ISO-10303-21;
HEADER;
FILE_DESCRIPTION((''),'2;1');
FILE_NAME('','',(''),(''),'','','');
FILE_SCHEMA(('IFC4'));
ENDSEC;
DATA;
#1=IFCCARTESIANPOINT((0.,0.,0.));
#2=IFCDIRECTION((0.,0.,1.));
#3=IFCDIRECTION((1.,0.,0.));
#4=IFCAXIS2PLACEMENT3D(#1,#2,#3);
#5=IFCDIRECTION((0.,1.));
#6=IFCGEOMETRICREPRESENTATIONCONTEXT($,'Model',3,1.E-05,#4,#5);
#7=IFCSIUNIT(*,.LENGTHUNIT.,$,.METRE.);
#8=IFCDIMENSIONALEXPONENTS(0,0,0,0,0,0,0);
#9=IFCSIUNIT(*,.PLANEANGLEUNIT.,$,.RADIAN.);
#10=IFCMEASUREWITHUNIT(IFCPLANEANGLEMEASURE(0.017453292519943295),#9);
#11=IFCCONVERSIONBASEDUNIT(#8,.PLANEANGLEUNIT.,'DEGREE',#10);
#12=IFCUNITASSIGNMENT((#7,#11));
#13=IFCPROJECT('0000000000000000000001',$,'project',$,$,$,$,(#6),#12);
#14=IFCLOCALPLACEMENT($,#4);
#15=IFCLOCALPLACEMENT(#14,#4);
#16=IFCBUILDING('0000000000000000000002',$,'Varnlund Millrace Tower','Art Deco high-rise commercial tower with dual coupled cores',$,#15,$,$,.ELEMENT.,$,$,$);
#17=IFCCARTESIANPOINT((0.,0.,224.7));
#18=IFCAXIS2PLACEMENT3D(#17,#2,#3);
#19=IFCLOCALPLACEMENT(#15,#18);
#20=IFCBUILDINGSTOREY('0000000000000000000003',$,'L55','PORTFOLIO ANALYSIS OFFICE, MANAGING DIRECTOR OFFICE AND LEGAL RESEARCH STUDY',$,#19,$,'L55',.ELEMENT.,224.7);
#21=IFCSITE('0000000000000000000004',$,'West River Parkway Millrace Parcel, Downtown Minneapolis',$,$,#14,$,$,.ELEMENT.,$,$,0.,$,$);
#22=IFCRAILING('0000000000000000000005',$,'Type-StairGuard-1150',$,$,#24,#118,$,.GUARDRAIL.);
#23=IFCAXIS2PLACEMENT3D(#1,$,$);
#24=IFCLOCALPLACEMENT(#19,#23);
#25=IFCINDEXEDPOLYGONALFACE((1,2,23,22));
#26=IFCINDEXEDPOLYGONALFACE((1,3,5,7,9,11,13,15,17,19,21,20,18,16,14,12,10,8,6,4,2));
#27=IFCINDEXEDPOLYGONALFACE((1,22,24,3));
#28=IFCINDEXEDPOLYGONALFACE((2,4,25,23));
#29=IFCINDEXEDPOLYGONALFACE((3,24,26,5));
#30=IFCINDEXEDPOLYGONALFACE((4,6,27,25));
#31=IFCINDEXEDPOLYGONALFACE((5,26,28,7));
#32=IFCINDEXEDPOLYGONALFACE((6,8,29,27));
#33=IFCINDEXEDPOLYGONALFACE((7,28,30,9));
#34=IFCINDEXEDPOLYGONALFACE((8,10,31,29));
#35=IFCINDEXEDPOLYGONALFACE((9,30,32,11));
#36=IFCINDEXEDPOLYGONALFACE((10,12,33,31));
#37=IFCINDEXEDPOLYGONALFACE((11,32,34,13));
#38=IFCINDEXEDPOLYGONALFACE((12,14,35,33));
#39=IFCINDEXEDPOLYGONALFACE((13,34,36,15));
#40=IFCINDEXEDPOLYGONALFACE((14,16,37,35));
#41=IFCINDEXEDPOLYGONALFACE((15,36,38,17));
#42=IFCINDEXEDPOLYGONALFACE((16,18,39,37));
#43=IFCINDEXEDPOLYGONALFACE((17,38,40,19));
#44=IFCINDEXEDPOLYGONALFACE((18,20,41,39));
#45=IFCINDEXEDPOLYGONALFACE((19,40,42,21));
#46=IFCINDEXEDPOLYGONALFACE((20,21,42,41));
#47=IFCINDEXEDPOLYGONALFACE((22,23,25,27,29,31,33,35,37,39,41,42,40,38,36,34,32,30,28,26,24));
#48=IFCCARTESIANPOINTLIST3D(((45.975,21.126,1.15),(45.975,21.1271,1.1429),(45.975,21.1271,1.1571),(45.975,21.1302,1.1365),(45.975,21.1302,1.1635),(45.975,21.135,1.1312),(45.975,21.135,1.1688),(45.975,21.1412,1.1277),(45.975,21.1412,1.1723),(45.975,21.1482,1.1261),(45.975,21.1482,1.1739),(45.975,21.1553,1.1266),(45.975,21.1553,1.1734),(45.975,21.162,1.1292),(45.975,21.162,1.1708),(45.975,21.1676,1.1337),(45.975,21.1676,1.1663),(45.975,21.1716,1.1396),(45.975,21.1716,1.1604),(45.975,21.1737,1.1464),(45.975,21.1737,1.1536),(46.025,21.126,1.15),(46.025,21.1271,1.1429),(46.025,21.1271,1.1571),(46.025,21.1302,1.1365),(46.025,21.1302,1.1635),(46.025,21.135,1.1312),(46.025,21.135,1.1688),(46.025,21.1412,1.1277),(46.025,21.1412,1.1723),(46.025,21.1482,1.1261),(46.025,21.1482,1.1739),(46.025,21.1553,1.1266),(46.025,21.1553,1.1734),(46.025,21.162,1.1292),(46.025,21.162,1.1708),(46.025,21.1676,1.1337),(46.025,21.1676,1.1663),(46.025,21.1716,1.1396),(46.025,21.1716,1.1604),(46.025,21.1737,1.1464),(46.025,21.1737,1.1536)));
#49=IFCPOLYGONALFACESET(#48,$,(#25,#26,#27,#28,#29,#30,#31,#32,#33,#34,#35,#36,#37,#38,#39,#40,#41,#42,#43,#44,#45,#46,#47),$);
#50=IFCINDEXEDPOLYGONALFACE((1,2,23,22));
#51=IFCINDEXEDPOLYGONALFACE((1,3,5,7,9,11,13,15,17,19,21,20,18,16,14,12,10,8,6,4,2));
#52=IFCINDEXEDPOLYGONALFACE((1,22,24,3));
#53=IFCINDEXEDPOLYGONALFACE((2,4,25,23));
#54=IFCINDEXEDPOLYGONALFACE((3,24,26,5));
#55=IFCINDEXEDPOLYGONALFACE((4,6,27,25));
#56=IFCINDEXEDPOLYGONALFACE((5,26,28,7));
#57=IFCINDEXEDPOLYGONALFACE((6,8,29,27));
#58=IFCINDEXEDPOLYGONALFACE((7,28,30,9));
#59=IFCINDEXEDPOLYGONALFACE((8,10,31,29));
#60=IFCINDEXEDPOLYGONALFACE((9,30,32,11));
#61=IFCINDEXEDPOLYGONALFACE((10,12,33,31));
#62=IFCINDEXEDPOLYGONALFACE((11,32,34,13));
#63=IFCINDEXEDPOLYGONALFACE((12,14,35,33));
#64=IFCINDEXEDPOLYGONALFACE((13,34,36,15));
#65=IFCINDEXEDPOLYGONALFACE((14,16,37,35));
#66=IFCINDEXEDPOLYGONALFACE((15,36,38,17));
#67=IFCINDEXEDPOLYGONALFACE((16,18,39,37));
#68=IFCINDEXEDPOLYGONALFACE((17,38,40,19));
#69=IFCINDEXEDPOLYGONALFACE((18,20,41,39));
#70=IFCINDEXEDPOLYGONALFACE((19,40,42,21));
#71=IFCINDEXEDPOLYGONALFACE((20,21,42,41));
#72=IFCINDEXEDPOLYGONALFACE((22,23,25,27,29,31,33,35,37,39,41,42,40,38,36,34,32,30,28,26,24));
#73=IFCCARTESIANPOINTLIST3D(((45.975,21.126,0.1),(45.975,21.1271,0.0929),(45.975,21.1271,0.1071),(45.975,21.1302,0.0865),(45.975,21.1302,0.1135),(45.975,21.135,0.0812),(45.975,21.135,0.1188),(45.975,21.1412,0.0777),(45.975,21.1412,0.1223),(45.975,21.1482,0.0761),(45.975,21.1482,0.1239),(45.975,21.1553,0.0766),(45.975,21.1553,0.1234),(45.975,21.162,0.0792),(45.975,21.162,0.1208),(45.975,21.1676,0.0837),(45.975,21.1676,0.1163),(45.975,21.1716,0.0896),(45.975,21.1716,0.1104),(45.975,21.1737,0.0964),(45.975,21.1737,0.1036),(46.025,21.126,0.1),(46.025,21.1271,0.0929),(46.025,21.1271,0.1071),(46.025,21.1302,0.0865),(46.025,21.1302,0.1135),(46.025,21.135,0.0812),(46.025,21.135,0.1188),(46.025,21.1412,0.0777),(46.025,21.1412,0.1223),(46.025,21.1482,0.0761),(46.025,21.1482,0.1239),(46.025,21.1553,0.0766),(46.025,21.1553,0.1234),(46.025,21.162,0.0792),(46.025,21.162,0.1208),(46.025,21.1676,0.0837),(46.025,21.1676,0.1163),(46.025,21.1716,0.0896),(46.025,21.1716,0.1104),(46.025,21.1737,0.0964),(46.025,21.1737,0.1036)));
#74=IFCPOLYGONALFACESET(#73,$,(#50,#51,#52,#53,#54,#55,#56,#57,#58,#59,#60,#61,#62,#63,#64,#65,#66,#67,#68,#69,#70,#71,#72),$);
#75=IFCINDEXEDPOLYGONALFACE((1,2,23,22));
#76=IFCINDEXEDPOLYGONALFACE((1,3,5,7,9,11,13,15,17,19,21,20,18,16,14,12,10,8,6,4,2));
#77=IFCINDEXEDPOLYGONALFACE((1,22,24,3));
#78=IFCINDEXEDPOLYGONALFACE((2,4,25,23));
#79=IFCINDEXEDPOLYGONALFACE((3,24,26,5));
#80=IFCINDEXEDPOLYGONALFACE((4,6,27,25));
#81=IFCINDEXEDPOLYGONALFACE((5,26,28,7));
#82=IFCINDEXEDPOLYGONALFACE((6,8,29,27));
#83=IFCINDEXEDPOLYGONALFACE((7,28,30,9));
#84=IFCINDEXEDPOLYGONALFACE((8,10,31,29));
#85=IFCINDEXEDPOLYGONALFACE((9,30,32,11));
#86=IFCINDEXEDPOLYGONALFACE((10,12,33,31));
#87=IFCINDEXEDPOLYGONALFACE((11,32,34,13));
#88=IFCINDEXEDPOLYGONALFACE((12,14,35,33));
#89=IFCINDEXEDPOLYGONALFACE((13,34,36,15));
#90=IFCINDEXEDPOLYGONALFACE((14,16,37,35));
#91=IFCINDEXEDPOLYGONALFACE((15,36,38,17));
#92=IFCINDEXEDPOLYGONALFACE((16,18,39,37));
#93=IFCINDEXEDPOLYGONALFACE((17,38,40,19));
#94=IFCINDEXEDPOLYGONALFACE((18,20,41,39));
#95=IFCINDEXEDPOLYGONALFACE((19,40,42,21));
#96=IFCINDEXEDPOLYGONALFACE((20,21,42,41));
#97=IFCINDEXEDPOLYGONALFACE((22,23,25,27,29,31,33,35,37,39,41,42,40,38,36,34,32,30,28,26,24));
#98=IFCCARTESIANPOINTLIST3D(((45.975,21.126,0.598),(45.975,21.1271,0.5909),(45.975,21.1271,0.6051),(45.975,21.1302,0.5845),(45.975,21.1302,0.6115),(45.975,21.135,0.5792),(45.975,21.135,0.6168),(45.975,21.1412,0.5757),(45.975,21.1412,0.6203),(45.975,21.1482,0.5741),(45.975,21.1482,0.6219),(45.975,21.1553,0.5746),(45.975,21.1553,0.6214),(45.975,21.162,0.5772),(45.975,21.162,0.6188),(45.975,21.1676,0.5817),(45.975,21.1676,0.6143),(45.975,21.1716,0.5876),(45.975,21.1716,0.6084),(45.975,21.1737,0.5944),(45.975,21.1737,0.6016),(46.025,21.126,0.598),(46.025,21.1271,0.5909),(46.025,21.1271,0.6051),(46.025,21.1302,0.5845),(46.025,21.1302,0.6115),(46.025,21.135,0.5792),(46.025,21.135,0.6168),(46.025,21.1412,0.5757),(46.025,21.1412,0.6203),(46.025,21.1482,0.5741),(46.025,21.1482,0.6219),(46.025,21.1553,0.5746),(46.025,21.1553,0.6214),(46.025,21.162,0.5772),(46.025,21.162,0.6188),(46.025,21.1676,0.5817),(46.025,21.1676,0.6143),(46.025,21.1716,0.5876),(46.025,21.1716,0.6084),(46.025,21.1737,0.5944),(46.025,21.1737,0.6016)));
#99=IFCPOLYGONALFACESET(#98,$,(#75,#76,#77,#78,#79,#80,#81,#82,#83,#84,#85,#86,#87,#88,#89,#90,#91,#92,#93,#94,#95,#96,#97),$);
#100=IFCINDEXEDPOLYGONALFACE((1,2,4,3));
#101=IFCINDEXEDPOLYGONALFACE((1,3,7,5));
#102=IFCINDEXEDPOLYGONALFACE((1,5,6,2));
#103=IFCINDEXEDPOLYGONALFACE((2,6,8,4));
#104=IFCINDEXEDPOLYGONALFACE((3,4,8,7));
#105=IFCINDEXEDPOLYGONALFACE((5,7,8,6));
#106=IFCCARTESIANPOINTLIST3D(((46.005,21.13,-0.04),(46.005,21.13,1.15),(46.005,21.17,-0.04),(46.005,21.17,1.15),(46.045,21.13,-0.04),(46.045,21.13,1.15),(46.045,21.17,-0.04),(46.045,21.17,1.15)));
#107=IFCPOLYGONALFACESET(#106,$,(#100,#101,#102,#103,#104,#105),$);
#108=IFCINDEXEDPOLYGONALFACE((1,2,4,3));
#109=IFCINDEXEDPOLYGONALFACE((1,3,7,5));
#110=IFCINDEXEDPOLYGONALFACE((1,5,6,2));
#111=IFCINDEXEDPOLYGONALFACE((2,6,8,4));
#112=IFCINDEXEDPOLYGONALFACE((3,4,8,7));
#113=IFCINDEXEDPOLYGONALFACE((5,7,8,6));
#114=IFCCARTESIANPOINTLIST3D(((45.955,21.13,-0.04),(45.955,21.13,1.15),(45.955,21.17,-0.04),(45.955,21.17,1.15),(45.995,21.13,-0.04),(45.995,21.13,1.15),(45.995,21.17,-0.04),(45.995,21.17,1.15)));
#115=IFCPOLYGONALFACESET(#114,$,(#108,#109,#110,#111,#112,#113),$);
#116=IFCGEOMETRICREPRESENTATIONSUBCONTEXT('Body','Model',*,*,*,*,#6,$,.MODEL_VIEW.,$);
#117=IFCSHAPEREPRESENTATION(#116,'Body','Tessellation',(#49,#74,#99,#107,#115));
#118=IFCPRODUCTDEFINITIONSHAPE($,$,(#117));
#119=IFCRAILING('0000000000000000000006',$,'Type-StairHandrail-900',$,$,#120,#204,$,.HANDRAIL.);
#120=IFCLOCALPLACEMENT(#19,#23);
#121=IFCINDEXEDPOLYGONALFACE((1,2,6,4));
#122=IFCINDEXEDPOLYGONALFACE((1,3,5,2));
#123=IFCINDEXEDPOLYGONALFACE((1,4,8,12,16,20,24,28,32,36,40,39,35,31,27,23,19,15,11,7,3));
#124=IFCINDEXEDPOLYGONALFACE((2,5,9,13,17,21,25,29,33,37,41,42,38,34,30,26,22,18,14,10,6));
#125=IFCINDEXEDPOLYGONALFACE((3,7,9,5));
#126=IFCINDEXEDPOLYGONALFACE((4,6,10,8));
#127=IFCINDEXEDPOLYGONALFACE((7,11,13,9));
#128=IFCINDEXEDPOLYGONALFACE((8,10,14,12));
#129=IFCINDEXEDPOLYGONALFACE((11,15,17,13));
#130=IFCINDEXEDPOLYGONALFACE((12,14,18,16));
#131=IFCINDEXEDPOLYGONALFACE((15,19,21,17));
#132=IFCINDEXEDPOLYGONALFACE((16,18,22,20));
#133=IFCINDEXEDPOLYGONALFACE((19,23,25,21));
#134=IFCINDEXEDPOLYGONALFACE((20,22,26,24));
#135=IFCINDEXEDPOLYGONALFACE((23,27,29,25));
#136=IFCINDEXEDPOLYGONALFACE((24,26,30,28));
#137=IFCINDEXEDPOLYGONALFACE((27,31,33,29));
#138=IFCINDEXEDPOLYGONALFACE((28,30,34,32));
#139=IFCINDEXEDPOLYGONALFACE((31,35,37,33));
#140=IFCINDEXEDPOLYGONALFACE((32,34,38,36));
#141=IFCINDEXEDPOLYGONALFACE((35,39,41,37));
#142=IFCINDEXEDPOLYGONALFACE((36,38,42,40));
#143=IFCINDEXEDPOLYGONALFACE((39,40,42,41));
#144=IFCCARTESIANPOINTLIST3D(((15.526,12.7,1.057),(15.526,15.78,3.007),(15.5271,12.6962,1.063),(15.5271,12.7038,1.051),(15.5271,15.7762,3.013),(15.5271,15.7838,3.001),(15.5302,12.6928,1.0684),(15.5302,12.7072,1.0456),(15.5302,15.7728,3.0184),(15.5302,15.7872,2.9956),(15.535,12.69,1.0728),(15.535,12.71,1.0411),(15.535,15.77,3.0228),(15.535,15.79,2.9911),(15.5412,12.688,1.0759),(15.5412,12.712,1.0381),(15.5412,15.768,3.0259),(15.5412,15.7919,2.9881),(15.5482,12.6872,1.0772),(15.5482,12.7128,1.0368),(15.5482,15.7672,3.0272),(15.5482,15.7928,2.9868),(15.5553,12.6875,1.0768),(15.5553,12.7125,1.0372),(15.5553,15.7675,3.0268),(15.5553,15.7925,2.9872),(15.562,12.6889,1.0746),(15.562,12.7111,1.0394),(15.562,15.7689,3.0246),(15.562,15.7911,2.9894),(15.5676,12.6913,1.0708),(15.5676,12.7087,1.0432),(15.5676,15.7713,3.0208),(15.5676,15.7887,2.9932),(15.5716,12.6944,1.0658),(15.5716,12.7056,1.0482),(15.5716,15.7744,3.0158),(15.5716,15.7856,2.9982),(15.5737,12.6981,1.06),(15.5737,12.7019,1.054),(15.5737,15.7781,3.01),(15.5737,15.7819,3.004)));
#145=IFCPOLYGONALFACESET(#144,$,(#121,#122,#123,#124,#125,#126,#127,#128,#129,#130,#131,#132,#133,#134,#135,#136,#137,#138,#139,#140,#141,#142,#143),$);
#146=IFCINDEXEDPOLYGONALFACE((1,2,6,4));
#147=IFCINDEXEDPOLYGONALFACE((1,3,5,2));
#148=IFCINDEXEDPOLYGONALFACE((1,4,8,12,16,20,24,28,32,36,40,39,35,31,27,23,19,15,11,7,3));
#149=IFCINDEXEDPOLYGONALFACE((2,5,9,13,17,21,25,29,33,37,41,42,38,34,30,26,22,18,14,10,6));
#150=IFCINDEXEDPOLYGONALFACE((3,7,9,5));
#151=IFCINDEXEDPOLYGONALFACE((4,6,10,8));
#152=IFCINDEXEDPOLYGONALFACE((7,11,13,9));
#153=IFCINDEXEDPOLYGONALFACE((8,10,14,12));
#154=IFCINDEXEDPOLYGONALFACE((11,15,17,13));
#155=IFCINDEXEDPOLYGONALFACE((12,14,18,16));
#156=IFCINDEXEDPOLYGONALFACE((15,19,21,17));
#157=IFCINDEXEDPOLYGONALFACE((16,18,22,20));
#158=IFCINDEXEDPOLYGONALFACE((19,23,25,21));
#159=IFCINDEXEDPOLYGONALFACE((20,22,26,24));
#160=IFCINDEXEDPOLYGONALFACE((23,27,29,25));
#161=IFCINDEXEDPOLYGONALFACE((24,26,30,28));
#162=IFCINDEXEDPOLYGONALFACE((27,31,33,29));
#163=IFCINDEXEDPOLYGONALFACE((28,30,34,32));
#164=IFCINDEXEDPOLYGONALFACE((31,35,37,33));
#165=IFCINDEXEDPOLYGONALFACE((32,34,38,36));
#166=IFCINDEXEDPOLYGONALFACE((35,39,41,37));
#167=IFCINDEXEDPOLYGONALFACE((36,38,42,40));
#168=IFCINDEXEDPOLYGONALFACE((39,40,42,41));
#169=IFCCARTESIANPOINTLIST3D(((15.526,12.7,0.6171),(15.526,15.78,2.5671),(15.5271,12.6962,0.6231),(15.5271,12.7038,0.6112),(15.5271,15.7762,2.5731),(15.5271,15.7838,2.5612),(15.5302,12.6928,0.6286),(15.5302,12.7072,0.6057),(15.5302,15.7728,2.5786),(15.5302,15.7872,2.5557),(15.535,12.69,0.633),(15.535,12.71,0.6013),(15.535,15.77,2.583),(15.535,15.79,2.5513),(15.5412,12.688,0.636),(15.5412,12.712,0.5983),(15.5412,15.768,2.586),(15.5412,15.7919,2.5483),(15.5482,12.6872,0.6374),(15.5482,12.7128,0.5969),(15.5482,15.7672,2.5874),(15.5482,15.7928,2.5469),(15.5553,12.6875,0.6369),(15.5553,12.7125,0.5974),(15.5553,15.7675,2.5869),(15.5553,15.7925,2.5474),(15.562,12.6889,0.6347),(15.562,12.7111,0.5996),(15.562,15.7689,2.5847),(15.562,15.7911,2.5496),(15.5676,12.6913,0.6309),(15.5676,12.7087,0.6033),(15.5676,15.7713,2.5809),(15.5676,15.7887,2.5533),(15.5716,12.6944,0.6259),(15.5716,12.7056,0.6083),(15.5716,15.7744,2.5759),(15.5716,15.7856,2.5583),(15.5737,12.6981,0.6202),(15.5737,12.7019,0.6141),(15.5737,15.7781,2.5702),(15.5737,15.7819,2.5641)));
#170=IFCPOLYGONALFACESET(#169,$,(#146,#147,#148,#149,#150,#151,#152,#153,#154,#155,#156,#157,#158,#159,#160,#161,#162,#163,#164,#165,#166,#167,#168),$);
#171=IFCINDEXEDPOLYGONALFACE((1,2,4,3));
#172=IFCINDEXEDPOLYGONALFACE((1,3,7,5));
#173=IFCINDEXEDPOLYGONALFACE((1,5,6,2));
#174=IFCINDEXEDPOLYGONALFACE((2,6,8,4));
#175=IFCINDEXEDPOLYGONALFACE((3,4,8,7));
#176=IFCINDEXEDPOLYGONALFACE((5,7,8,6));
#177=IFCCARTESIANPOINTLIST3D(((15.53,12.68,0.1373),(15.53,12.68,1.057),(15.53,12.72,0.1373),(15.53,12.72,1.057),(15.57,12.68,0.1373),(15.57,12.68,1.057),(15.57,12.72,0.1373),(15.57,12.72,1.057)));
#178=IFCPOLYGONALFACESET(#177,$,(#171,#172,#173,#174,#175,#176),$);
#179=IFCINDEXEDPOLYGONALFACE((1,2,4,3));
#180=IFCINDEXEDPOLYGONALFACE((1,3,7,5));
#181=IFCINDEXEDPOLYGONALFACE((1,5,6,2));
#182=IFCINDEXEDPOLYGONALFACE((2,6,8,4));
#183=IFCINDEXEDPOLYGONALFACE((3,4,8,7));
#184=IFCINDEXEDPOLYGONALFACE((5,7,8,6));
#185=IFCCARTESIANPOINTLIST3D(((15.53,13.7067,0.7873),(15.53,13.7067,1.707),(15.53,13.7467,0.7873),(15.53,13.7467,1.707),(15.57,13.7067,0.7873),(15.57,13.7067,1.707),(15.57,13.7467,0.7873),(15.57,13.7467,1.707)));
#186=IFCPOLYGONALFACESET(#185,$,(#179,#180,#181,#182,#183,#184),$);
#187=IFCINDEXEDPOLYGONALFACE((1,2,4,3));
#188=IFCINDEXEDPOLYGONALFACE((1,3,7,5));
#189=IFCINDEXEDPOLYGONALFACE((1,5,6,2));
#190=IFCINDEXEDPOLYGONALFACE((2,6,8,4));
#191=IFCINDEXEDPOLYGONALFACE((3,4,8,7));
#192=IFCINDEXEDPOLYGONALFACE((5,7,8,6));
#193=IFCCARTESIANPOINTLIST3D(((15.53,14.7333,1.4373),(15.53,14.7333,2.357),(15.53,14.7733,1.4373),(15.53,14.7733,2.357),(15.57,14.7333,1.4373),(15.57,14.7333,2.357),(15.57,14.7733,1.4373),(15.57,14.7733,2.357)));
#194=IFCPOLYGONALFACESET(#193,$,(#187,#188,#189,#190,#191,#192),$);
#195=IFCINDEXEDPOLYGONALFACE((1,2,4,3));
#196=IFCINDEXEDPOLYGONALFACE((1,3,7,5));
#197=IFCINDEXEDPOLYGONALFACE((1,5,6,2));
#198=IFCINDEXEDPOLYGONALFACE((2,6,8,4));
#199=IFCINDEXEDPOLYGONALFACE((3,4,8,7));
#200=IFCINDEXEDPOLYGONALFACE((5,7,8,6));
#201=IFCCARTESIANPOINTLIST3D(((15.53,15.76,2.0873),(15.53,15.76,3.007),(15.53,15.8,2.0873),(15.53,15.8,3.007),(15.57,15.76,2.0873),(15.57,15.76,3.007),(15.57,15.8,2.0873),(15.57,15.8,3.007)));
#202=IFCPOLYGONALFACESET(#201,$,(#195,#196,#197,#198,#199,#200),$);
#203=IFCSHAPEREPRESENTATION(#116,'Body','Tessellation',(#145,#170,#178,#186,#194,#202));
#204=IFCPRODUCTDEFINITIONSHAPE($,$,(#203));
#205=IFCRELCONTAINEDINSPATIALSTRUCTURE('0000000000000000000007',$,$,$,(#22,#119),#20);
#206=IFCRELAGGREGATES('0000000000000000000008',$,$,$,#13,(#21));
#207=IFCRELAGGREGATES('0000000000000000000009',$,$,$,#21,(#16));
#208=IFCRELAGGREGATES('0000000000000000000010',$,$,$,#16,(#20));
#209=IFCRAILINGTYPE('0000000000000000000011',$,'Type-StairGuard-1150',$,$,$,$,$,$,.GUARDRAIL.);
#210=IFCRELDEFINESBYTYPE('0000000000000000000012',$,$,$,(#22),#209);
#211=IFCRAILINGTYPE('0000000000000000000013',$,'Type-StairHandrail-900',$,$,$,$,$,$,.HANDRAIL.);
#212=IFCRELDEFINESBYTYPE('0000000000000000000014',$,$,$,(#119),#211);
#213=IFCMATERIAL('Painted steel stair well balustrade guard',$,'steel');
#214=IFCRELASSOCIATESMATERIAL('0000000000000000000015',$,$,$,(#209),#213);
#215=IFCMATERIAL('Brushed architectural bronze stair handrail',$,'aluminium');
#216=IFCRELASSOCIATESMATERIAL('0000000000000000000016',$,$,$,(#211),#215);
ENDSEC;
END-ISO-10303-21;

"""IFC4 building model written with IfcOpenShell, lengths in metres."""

from ifc_helpers import new_model, entity, si_unit, converted_unit, direction, frame, origin_with_axes, origin_2d_with_axis, place, context, subcontext, project, spatial, rectangle, circle, extrude, material, type_object, element, save


model = new_model("IFC4")

# Units and contexts
model_context = context("Model", 3, precision=1e-05, world=origin_with_axes(), true_north=direction((0.0, 1.0)))
body_context = subcontext(model_context, "Body", "Model", "MODEL_VIEW")
ifc_project = project(units=[si_unit("LENGTHUNIT", "METRE"), converted_unit("PLANEANGLEUNIT", "DEGREE", entity("IfcPlaneAngleMeasure", 0.017453292519943295), si_unit("PLANEANGLEUNIT", "RADIAN"), dimensions=[0, 0, 0, 0, 0, 0, 0])], contexts=[model_context])

# Site, building, storey
site_placement = place(None, origin_with_axes())
site = spatial("IfcSite", under=ifc_project, at=site_placement, Name="West River Parkway Millrace Parcel, Downtown Minneapolis", CompositionType="ELEMENT", RefElevation=0.0)
building_placement = place(site_placement, origin_with_axes())
building = spatial("IfcBuilding", under=site, at=building_placement, Name="Varnlund Millrace Tower", Description="Art Deco high-rise commercial tower with dual coupled cores", CompositionType="ELEMENT")
storey_placement = place(building_placement, frame((0.0, 0.0, 224.7), z_axis=(0.0, 0.0, 1.0), x_axis=(1.0, 0.0, 0.0)))
storey = spatial("IfcBuildingStorey", under=building, at=storey_placement, Name="L55", Description="PORTFOLIO ANALYSIS OFFICE, MANAGING DIRECTOR OFFICE AND LEGAL RESEARCH STUDY", LongName="L55", CompositionType="ELEMENT", Elevation=224.7)

# Railings
ifc_material_1 = material(Name="Painted steel stair well balustrade guard", Category="steel")
railing_type_1 = type_object("IfcRailingType", Name="Type-StairGuard-1150", PredefinedType="GUARDRAIL", material=ifc_material_1)
railing_1_placement = place(storey_placement, frame((0.0, 0.0, -224.7), z_axis=(0.0, 0.0, 1.0), x_axis=(1.0, 0.0, 0.0)))
element("IfcRailing", 1, at=railing_1_placement, inside=storey, type_object=railing_type_1, Name="Type-StairGuard-1150", PredefinedType="GUARDRAIL", context=body_context, shape_type="SweptSolid", body=[
    extrude(circle(Radius=0.024, at=origin_2d_with_axis()), frame((46.025, 21.15, 225.85), z_axis=(-1.0, 0.0, 0.0), x_axis=(0.0, -1.0, 0.0)), (0.0, 0.0, 1.0), 0.05),
    extrude(circle(Radius=0.024, at=origin_2d_with_axis()), frame((46.025, 21.15, 224.8), z_axis=(-1.0, 0.0, 0.0), x_axis=(0.0, -1.0, 0.0)), (0.0, 0.0, 1.0), 0.05),
    extrude(circle(Radius=0.024, at=origin_2d_with_axis()), frame((46.025, 21.15, 225.298), z_axis=(-1.0, 0.0, 0.0), x_axis=(0.0, -1.0, 0.0)), (0.0, 0.0, 1.0), 0.05),
    extrude(rectangle(XDim=0.04, YDim=0.04, at=origin_2d_with_axis()), frame((46.025, 21.15, 224.66), z_axis=(0.0, 0.0, 1.0), x_axis=(1.0, 0.0, 0.0)), (0.0, 0.0, 1.0), 1.19),
    extrude(rectangle(XDim=0.04, YDim=0.04, at=origin_2d_with_axis()), frame((45.975, 21.15, 224.66), z_axis=(0.0, 0.0, 1.0), x_axis=(1.0, 0.0, 0.0)), (0.0, 0.0, 1.0), 1.19),
])
ifc_material_2 = material(Name="Brushed architectural bronze stair handrail", Category="aluminium")
railing_type_2 = type_object("IfcRailingType", Name="Type-StairHandrail-900", PredefinedType="HANDRAIL", material=ifc_material_2)
railing_2_placement = place(storey_placement, frame((0.0, 0.0, -224.7), z_axis=(0.0, 0.0, 1.0), x_axis=(1.0, 0.0, 0.0)))
element("IfcRailing", 2, at=railing_2_placement, inside=storey, type_object=railing_type_2, Name="Type-StairHandrail-900", PredefinedType="HANDRAIL", context=body_context, shape_type="SweptSolid", body=[
    extrude(circle(Radius=0.024, at=origin_2d_with_axis()), frame((15.55, 12.7, 225.757), z_axis=(0.0, 0.844902, 0.534922), x_axis=(-1.0, 0.0, 0.0)), (0.0, 0.0, 1.0), 3.6454),
    extrude(circle(Radius=0.024, at=origin_2d_with_axis()), frame((15.55, 12.7, 225.3171), z_axis=(0.0, 0.844902, 0.534922), x_axis=(-1.0, 0.0, 0.0)), (0.0, 0.0, 1.0), 3.6454),
    extrude(rectangle(XDim=0.04, YDim=0.04, at=origin_2d_with_axis()), frame((15.55, 12.7, 224.8373), z_axis=(0.0, 0.0, 1.0), x_axis=(1.0, 0.0, 0.0)), (0.0, 0.0, 1.0), 0.9197),
    extrude(rectangle(XDim=0.04, YDim=0.04, at=origin_2d_with_axis()), frame((15.55, 13.7267, 225.4873), z_axis=(0.0, 0.0, 1.0), x_axis=(1.0, 0.0, 0.0)), (0.0, 0.0, 1.0), 0.9197),
    extrude(rectangle(XDim=0.04, YDim=0.04, at=origin_2d_with_axis()), frame((15.55, 14.7533, 226.1373), z_axis=(0.0, 0.0, 1.0), x_axis=(1.0, 0.0, 0.0)), (0.0, 0.0, 1.0), 0.9197),
    extrude(rectangle(XDim=0.04, YDim=0.04, at=origin_2d_with_axis()), frame((15.55, 15.78, 226.7873), z_axis=(0.0, 0.0, 1.0), x_axis=(1.0, 0.0, 0.0)), (0.0, 0.0, 1.0), 0.9197),
])

save(model, "model.ifc")
